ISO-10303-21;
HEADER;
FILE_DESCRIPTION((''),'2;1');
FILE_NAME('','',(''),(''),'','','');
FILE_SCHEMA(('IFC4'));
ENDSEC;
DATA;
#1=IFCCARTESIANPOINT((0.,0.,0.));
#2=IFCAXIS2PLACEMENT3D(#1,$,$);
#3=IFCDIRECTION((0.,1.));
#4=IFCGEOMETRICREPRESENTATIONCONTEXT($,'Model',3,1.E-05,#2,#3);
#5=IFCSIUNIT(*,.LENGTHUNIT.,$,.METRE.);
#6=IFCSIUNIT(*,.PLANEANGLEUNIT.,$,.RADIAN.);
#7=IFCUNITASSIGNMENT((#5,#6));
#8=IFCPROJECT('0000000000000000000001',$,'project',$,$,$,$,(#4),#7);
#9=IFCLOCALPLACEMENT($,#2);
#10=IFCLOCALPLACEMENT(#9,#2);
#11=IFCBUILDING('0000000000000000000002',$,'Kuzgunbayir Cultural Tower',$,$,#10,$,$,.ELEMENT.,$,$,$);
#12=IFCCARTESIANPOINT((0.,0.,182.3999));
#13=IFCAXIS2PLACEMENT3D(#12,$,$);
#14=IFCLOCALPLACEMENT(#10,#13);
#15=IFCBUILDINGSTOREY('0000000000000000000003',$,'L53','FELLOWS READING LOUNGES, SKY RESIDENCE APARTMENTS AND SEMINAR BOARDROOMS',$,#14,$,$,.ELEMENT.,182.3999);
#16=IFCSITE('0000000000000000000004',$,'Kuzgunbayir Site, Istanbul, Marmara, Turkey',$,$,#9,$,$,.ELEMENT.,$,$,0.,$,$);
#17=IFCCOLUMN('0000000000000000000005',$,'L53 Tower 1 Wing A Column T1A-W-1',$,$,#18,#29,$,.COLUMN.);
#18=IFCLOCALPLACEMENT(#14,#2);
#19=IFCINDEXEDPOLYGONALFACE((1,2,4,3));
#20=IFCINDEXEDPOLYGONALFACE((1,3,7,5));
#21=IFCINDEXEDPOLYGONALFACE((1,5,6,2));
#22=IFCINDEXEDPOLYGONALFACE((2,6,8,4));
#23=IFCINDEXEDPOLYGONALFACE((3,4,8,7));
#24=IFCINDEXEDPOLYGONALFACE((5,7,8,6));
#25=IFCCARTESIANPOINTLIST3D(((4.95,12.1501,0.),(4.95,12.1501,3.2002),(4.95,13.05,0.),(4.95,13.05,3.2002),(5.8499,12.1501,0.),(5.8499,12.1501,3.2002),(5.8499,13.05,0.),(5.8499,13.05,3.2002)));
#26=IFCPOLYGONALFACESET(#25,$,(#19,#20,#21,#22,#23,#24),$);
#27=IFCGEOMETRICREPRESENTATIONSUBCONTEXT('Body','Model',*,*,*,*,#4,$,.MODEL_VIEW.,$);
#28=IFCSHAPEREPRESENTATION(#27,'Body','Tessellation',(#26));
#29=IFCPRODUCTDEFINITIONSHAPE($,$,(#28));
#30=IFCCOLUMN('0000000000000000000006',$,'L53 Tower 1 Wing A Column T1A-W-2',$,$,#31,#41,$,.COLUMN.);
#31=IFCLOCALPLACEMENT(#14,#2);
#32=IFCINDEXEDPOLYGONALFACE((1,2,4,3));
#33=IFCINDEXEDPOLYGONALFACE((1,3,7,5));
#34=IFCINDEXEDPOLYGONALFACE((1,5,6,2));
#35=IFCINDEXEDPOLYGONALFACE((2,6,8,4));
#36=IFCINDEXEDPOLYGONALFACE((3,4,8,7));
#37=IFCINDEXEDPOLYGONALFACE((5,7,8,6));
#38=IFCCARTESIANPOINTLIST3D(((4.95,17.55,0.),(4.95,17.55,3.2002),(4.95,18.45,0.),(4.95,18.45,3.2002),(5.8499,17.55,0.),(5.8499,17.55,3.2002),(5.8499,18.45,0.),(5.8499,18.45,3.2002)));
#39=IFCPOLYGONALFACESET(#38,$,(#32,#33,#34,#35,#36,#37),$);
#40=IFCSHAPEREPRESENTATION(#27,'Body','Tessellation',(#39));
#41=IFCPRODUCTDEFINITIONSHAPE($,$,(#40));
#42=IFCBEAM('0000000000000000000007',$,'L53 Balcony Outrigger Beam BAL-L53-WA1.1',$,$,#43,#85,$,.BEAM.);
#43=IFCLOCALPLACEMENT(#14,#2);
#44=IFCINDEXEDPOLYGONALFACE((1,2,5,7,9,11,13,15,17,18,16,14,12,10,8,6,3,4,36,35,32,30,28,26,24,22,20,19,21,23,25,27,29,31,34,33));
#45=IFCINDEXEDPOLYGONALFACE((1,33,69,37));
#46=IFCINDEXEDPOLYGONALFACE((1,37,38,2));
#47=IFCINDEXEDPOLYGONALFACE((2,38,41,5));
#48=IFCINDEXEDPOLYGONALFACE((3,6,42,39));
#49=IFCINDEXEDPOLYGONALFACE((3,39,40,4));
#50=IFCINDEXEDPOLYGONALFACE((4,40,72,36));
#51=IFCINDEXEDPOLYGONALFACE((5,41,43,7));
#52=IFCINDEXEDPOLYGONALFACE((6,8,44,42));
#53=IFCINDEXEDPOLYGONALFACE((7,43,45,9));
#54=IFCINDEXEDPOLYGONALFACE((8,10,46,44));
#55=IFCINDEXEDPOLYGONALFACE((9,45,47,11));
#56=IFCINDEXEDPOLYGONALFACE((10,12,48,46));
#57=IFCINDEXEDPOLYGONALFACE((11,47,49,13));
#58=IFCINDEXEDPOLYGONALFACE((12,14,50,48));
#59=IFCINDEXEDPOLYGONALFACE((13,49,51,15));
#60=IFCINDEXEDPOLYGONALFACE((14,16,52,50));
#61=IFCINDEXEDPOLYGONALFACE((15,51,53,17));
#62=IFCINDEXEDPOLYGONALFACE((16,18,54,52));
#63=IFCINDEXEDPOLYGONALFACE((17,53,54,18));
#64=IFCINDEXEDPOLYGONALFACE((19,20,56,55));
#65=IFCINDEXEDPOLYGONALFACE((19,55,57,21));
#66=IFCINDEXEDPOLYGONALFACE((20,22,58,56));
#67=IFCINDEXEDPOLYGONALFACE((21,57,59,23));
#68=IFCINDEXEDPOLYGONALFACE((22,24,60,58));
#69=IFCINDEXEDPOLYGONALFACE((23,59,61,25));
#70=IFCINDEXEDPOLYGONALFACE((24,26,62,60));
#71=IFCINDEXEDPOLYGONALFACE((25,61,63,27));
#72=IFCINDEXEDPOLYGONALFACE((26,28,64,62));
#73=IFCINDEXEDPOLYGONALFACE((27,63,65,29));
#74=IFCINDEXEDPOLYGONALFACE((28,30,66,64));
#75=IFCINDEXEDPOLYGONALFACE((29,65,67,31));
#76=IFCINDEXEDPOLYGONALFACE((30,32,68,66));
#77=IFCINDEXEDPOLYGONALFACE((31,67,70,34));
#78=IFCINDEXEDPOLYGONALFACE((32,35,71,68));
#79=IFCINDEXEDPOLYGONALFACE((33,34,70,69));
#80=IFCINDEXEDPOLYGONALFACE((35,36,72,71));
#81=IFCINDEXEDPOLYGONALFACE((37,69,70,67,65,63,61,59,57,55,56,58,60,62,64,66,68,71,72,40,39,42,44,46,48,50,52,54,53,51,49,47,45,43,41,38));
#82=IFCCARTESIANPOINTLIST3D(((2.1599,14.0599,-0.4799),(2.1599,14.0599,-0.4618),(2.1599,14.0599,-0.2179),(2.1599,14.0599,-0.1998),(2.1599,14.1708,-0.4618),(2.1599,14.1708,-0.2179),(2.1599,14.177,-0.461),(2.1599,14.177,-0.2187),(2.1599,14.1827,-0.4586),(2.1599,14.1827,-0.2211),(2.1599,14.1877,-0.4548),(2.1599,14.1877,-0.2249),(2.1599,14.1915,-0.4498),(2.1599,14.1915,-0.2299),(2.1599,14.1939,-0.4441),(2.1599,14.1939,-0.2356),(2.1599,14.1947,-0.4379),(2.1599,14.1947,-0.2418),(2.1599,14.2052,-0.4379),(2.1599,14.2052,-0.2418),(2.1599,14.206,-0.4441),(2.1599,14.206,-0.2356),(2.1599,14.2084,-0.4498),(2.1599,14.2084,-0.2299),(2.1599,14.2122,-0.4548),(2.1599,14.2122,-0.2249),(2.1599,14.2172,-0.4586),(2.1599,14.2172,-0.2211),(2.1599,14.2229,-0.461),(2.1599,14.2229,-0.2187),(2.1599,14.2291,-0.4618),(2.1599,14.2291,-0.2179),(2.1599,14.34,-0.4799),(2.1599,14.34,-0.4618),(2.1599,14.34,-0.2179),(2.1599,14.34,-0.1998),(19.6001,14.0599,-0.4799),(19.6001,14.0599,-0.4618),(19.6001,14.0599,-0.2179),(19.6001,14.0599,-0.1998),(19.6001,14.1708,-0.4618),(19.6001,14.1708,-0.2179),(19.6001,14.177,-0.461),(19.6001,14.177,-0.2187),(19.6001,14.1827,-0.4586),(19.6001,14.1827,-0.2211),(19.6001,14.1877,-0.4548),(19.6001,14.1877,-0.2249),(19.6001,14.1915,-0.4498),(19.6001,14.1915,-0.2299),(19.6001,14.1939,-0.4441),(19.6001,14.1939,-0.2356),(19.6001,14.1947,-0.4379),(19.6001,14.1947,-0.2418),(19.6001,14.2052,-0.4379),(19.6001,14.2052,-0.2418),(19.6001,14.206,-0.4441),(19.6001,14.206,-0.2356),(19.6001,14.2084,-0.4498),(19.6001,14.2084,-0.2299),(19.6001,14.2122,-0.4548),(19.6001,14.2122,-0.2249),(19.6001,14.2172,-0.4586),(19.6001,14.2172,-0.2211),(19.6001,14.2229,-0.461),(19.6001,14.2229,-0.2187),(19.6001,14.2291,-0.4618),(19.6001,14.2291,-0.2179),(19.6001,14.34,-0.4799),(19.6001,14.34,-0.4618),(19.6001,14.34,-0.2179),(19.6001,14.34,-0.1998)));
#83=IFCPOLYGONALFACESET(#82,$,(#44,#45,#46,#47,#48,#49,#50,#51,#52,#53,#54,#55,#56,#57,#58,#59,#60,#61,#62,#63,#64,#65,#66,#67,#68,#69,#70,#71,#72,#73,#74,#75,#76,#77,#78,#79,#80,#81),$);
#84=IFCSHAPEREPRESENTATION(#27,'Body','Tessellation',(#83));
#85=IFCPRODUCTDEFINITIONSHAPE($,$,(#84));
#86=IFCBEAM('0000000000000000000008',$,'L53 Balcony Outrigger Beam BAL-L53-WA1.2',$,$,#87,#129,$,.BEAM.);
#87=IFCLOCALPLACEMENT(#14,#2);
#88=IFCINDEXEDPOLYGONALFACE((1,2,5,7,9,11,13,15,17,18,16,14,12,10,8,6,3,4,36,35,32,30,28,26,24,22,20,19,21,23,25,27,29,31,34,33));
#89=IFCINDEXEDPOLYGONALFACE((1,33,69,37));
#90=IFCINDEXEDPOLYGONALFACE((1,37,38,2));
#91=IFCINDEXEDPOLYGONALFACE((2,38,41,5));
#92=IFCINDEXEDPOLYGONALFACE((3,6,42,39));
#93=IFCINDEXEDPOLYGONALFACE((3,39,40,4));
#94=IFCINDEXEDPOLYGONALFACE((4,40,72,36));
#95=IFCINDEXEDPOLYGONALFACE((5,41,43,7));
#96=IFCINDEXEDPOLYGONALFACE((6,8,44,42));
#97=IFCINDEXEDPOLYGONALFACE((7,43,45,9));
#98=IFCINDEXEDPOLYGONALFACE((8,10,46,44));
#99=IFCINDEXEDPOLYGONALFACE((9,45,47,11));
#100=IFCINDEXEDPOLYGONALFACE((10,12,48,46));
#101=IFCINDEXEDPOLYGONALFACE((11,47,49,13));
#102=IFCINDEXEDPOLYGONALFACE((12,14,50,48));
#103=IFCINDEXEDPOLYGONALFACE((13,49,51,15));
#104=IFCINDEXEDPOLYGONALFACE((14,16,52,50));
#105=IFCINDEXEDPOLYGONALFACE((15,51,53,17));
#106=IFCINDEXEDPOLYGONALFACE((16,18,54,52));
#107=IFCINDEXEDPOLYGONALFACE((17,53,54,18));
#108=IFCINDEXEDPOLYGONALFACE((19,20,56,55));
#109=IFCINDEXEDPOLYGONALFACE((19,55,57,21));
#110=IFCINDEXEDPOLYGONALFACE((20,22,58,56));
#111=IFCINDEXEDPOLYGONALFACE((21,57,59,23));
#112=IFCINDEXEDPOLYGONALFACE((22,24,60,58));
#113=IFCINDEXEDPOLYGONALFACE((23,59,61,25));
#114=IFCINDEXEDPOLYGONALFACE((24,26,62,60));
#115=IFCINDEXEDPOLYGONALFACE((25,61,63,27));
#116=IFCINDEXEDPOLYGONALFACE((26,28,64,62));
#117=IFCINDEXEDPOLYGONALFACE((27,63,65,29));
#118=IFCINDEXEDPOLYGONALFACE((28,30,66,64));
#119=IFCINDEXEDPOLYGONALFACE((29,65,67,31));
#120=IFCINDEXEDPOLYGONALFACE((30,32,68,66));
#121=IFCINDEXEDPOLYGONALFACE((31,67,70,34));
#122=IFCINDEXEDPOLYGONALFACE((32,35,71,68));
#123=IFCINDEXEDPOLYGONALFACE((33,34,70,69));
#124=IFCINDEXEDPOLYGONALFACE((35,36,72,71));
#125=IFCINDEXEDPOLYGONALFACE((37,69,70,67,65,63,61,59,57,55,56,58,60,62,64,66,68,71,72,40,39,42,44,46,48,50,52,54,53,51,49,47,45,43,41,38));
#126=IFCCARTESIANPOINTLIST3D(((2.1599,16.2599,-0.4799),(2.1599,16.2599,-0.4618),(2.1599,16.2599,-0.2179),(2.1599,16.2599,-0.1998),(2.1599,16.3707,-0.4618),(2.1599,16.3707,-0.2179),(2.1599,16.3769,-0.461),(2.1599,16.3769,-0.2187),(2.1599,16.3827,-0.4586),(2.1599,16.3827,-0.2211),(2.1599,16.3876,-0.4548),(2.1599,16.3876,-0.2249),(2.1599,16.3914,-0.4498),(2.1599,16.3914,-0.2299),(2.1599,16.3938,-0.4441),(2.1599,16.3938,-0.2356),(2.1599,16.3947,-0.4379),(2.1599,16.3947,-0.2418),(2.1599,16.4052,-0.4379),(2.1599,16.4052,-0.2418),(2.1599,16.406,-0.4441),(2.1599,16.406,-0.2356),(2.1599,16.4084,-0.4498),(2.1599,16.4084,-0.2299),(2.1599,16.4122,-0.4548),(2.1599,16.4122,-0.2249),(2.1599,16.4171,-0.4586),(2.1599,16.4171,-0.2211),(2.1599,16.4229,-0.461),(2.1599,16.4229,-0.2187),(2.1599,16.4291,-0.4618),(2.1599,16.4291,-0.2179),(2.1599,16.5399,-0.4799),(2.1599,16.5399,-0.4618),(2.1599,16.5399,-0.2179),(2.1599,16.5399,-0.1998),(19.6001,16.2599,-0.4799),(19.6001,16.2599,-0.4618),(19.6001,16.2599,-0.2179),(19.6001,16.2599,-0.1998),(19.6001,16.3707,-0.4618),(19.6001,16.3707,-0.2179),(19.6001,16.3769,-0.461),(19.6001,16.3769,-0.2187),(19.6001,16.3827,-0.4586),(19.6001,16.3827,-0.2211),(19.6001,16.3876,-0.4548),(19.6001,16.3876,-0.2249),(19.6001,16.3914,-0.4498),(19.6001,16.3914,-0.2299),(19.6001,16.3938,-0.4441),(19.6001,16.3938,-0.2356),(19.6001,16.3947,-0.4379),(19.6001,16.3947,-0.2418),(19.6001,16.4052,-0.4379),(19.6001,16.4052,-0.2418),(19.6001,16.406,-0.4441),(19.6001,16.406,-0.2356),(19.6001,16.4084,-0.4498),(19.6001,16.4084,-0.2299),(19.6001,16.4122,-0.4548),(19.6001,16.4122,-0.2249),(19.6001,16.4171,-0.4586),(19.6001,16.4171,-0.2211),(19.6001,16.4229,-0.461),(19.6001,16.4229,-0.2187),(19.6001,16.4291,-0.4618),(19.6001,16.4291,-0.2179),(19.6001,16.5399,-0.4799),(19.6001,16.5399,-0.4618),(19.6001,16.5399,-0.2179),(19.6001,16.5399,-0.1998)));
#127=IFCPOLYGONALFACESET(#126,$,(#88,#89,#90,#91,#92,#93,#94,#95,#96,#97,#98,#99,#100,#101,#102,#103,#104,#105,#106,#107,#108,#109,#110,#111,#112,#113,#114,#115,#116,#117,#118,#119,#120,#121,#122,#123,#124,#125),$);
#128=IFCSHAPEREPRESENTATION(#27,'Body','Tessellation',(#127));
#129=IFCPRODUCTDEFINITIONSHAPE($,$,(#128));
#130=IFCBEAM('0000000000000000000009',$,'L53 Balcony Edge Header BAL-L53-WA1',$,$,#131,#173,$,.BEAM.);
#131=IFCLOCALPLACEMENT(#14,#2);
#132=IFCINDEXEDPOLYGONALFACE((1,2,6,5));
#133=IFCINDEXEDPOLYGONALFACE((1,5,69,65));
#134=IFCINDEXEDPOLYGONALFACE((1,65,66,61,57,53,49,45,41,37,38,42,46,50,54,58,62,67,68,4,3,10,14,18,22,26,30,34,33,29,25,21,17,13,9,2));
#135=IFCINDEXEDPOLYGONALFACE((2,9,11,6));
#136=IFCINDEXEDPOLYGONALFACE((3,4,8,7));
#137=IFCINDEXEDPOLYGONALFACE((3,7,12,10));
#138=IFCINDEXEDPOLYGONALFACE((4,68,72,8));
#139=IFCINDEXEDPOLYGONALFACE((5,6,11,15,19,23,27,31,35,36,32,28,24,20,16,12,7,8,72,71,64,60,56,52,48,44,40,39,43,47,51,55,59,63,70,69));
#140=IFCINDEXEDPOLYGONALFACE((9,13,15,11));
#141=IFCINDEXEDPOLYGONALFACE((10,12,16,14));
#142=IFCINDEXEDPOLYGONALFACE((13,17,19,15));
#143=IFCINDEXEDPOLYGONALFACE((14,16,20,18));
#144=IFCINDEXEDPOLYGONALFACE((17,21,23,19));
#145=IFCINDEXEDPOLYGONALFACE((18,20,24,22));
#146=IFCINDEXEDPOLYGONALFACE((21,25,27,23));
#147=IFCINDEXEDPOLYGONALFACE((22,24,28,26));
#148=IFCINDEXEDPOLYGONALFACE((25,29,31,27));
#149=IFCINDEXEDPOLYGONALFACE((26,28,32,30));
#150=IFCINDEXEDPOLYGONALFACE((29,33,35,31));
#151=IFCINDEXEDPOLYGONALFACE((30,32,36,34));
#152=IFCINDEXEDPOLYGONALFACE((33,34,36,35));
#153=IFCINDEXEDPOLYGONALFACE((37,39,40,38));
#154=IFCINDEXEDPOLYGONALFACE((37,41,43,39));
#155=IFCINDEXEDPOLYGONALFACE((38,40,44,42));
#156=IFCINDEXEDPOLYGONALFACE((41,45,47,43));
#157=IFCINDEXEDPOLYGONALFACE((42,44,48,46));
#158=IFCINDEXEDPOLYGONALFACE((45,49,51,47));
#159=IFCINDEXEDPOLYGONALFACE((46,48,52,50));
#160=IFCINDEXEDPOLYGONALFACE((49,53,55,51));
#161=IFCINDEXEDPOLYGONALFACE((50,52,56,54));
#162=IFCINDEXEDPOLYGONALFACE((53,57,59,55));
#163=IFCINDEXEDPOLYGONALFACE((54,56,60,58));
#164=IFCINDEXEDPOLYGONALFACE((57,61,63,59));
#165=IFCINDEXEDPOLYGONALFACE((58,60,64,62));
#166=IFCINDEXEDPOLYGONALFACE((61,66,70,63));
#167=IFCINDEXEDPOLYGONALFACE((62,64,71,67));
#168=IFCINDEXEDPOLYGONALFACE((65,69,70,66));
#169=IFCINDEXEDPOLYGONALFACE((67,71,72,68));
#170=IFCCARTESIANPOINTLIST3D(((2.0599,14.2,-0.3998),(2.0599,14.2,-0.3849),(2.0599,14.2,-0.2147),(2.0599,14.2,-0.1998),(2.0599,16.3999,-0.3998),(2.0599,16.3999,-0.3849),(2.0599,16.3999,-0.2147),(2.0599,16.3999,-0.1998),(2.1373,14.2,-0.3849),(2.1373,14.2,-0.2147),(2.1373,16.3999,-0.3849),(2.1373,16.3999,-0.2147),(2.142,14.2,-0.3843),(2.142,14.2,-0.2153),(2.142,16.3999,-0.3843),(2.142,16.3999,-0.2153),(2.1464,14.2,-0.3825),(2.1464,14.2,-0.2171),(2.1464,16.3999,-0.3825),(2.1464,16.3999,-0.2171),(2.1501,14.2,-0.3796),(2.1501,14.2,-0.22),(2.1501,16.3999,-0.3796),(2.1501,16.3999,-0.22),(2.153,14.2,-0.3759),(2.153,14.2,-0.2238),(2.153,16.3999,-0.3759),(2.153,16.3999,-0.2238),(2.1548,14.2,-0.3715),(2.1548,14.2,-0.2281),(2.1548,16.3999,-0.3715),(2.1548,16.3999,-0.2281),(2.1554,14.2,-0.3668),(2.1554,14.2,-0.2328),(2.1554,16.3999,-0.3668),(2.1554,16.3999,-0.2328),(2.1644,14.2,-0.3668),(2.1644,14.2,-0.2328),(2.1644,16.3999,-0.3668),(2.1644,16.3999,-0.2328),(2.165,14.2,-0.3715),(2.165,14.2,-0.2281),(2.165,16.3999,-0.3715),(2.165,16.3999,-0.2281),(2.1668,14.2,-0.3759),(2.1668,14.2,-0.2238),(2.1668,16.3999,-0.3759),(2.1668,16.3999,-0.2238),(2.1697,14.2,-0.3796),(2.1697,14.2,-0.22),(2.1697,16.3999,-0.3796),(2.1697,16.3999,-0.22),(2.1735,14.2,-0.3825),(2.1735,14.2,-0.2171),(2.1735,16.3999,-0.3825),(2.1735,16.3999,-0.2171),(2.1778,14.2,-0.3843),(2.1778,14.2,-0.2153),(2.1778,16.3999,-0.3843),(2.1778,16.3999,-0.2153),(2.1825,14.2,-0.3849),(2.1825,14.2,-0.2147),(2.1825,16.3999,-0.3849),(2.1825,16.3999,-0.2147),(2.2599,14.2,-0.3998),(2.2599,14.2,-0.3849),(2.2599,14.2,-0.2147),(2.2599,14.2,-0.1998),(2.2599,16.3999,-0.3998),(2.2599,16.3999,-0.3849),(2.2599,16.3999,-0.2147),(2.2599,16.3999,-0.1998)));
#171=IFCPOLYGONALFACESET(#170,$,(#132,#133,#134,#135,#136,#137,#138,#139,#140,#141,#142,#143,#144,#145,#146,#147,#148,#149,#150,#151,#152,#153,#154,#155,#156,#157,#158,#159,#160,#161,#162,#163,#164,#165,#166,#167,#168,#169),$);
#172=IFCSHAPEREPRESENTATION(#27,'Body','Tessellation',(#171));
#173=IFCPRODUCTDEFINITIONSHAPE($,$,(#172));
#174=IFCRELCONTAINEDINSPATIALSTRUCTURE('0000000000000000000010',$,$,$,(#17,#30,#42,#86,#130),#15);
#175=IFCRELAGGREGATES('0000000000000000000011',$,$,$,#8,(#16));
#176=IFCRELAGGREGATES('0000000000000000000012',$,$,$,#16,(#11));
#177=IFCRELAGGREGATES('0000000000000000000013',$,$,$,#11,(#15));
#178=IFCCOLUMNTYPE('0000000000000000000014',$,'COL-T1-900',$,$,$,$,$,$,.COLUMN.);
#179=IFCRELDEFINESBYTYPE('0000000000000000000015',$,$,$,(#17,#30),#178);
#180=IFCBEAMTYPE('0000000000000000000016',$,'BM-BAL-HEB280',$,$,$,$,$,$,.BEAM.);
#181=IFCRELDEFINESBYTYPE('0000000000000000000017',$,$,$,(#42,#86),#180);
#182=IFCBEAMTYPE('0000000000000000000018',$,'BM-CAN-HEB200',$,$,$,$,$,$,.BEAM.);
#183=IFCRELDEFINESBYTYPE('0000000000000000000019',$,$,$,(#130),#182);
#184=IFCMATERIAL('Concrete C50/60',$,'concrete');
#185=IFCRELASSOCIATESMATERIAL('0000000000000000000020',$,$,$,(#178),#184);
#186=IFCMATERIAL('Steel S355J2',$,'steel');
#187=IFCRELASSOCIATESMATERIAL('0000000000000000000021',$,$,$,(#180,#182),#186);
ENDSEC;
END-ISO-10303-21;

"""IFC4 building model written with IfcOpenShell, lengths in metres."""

from ifc_helpers import new_model, si_unit, direction, frame, origin, origin_2d, place, context, subcontext, project, spatial, rectangle, i_section, extrude, material, material_profile, profile_set, type_object, element, save


model = new_model("IFC4")

# Units and contexts
model_context = context("Model", 3, precision=1e-05, world=origin(), true_north=direction((0.0, 1.0)))
body_context = subcontext(model_context, "Body", "Model", "MODEL_VIEW")
ifc_project = project(units=[si_unit("LENGTHUNIT", "METRE"), si_unit("PLANEANGLEUNIT", "RADIAN")], contexts=[model_context])

# Site, building, storey
site_placement = place(None, origin())
site = spatial("IfcSite", under=ifc_project, at=site_placement, Name="Kuzgunbayir Site, Istanbul, Marmara, Turkey", CompositionType="ELEMENT", RefElevation=0.0)
building_placement = place(site_placement, origin())
building = spatial("IfcBuilding", under=site, at=building_placement, Name="Kuzgunbayir Cultural Tower", CompositionType="ELEMENT")
storey_placement = place(building_placement, frame((0.0, 0.0, 182.3999)))
storey = spatial("IfcBuildingStorey", under=building, at=storey_placement, Name="L53", Description="FELLOWS READING LOUNGES, SKY RESIDENCE APARTMENTS AND SEMINAR BOARDROOMS", CompositionType="ELEMENT", Elevation=182.3999)

# Columns
ifc_material_1 = material(Name="Concrete C50/60", Category="concrete")
ifc_material_profile_1 = material_profile(ifc_material_1, rectangle(XDim=0.8999, YDim=0.8999, at=origin_2d()), Name="RC 900x900")
ifc_profile_set_1 = profile_set([ifc_material_profile_1], Name="Concrete C50/60")
column_type = type_object("IfcColumnType", Name="COL-T1-900", PredefinedType="COLUMN", material=ifc_profile_set_1)
for number, where, z_axis, x_axis, name in (
    (1, (5.3999, 12.6001, 0.0), (0.0, 0.0, 1.0), (1.0, 0.0, 0.0), "L53 Tower 1 Wing A Column T1A-W-1"),
    (2, (5.3999, 18.0, 0.0), (0.0, 0.0, 1.0), (1.0, 0.0, 0.0), "L53 Tower 1 Wing A Column T1A-W-2"),
):
    element("IfcColumn", number, at=place(storey_placement, frame(where, z_axis=z_axis, x_axis=x_axis)), inside=storey, type_object=column_type, Name=name, PredefinedType="COLUMN", context=body_context, shape_type="SweptSolid", body=[
        extrude(rectangle(XDim=0.8999, YDim=0.8999, at=origin_2d()), origin(), (0.0, 0.0, 1.0), 3.2002),
    ])

# Beams
ifc_material_2 = material(Name="Steel S355J2", Category="steel")
ifc_material_profile_2 = material_profile(ifc_material_2, i_section(OverallWidth=0.28, OverallDepth=0.28, WebThickness=0.0105, FlangeThickness=0.0181, FilletRadius=0.0239, at=origin_2d()), Name="HEB 280")
ifc_profile_set_2 = profile_set([ifc_material_profile_2], Name="Steel S355J2")
beam_type_1 = type_object("IfcBeamType", Name="BM-BAL-HEB280", PredefinedType="BEAM", material=ifc_profile_set_2)
for number, where, z_axis, x_axis, name in (
    (3, (2.1599, 14.2, -0.3398), (1.0, 0.0, 0.0), (0.0, 1.0, 0.0), "L53 Balcony Outrigger Beam BAL-L53-WA1.1"),
    (4, (2.1599, 16.3999, -0.3398), (1.0, 0.0, 0.0), (0.0, 1.0, 0.0), "L53 Balcony Outrigger Beam BAL-L53-WA1.2"),
):
    element("IfcBeam", number, at=place(storey_placement, frame(where, z_axis=z_axis, x_axis=x_axis)), inside=storey, type_object=beam_type_1, Name=name, PredefinedType="BEAM", context=body_context, shape_type="SweptSolid", body=[
        extrude(i_section(OverallWidth=0.28, OverallDepth=0.28, WebThickness=0.0105, FlangeThickness=0.0181, FilletRadius=0.0239, at=origin_2d()), origin(), (0.0, 0.0, 1.0), 17.4402),
    ])
ifc_material_profile_3 = material_profile(ifc_material_2, i_section(OverallWidth=0.2, OverallDepth=0.2, WebThickness=0.009, FlangeThickness=0.0149, FilletRadius=0.0181, at=origin_2d()), Name="HEB 200")
ifc_profile_set_3 = profile_set([ifc_material_profile_3], Name="Steel S355J2")
beam_type_2 = type_object("IfcBeamType", Name="BM-CAN-HEB200", PredefinedType="BEAM", material=ifc_profile_set_3)
beam_1_placement = place(storey_placement, frame((2.1599, 14.2, -0.2998), z_axis=(0.0, 1.0, 0.0), x_axis=(-1.0, 0.0, 0.0)))
element("IfcBeam", 5, at=beam_1_placement, inside=storey, type_object=beam_type_2, Name="L53 Balcony Edge Header BAL-L53-WA1", PredefinedType="BEAM", context=body_context, shape_type="SweptSolid", body=[
    extrude(i_section(OverallWidth=0.2, OverallDepth=0.2, WebThickness=0.009, FlangeThickness=0.0149, FilletRadius=0.0181, at=origin_2d()), origin(), (0.0, 0.0, 1.0), 2.2),
])

save(model, "model.ifc")
